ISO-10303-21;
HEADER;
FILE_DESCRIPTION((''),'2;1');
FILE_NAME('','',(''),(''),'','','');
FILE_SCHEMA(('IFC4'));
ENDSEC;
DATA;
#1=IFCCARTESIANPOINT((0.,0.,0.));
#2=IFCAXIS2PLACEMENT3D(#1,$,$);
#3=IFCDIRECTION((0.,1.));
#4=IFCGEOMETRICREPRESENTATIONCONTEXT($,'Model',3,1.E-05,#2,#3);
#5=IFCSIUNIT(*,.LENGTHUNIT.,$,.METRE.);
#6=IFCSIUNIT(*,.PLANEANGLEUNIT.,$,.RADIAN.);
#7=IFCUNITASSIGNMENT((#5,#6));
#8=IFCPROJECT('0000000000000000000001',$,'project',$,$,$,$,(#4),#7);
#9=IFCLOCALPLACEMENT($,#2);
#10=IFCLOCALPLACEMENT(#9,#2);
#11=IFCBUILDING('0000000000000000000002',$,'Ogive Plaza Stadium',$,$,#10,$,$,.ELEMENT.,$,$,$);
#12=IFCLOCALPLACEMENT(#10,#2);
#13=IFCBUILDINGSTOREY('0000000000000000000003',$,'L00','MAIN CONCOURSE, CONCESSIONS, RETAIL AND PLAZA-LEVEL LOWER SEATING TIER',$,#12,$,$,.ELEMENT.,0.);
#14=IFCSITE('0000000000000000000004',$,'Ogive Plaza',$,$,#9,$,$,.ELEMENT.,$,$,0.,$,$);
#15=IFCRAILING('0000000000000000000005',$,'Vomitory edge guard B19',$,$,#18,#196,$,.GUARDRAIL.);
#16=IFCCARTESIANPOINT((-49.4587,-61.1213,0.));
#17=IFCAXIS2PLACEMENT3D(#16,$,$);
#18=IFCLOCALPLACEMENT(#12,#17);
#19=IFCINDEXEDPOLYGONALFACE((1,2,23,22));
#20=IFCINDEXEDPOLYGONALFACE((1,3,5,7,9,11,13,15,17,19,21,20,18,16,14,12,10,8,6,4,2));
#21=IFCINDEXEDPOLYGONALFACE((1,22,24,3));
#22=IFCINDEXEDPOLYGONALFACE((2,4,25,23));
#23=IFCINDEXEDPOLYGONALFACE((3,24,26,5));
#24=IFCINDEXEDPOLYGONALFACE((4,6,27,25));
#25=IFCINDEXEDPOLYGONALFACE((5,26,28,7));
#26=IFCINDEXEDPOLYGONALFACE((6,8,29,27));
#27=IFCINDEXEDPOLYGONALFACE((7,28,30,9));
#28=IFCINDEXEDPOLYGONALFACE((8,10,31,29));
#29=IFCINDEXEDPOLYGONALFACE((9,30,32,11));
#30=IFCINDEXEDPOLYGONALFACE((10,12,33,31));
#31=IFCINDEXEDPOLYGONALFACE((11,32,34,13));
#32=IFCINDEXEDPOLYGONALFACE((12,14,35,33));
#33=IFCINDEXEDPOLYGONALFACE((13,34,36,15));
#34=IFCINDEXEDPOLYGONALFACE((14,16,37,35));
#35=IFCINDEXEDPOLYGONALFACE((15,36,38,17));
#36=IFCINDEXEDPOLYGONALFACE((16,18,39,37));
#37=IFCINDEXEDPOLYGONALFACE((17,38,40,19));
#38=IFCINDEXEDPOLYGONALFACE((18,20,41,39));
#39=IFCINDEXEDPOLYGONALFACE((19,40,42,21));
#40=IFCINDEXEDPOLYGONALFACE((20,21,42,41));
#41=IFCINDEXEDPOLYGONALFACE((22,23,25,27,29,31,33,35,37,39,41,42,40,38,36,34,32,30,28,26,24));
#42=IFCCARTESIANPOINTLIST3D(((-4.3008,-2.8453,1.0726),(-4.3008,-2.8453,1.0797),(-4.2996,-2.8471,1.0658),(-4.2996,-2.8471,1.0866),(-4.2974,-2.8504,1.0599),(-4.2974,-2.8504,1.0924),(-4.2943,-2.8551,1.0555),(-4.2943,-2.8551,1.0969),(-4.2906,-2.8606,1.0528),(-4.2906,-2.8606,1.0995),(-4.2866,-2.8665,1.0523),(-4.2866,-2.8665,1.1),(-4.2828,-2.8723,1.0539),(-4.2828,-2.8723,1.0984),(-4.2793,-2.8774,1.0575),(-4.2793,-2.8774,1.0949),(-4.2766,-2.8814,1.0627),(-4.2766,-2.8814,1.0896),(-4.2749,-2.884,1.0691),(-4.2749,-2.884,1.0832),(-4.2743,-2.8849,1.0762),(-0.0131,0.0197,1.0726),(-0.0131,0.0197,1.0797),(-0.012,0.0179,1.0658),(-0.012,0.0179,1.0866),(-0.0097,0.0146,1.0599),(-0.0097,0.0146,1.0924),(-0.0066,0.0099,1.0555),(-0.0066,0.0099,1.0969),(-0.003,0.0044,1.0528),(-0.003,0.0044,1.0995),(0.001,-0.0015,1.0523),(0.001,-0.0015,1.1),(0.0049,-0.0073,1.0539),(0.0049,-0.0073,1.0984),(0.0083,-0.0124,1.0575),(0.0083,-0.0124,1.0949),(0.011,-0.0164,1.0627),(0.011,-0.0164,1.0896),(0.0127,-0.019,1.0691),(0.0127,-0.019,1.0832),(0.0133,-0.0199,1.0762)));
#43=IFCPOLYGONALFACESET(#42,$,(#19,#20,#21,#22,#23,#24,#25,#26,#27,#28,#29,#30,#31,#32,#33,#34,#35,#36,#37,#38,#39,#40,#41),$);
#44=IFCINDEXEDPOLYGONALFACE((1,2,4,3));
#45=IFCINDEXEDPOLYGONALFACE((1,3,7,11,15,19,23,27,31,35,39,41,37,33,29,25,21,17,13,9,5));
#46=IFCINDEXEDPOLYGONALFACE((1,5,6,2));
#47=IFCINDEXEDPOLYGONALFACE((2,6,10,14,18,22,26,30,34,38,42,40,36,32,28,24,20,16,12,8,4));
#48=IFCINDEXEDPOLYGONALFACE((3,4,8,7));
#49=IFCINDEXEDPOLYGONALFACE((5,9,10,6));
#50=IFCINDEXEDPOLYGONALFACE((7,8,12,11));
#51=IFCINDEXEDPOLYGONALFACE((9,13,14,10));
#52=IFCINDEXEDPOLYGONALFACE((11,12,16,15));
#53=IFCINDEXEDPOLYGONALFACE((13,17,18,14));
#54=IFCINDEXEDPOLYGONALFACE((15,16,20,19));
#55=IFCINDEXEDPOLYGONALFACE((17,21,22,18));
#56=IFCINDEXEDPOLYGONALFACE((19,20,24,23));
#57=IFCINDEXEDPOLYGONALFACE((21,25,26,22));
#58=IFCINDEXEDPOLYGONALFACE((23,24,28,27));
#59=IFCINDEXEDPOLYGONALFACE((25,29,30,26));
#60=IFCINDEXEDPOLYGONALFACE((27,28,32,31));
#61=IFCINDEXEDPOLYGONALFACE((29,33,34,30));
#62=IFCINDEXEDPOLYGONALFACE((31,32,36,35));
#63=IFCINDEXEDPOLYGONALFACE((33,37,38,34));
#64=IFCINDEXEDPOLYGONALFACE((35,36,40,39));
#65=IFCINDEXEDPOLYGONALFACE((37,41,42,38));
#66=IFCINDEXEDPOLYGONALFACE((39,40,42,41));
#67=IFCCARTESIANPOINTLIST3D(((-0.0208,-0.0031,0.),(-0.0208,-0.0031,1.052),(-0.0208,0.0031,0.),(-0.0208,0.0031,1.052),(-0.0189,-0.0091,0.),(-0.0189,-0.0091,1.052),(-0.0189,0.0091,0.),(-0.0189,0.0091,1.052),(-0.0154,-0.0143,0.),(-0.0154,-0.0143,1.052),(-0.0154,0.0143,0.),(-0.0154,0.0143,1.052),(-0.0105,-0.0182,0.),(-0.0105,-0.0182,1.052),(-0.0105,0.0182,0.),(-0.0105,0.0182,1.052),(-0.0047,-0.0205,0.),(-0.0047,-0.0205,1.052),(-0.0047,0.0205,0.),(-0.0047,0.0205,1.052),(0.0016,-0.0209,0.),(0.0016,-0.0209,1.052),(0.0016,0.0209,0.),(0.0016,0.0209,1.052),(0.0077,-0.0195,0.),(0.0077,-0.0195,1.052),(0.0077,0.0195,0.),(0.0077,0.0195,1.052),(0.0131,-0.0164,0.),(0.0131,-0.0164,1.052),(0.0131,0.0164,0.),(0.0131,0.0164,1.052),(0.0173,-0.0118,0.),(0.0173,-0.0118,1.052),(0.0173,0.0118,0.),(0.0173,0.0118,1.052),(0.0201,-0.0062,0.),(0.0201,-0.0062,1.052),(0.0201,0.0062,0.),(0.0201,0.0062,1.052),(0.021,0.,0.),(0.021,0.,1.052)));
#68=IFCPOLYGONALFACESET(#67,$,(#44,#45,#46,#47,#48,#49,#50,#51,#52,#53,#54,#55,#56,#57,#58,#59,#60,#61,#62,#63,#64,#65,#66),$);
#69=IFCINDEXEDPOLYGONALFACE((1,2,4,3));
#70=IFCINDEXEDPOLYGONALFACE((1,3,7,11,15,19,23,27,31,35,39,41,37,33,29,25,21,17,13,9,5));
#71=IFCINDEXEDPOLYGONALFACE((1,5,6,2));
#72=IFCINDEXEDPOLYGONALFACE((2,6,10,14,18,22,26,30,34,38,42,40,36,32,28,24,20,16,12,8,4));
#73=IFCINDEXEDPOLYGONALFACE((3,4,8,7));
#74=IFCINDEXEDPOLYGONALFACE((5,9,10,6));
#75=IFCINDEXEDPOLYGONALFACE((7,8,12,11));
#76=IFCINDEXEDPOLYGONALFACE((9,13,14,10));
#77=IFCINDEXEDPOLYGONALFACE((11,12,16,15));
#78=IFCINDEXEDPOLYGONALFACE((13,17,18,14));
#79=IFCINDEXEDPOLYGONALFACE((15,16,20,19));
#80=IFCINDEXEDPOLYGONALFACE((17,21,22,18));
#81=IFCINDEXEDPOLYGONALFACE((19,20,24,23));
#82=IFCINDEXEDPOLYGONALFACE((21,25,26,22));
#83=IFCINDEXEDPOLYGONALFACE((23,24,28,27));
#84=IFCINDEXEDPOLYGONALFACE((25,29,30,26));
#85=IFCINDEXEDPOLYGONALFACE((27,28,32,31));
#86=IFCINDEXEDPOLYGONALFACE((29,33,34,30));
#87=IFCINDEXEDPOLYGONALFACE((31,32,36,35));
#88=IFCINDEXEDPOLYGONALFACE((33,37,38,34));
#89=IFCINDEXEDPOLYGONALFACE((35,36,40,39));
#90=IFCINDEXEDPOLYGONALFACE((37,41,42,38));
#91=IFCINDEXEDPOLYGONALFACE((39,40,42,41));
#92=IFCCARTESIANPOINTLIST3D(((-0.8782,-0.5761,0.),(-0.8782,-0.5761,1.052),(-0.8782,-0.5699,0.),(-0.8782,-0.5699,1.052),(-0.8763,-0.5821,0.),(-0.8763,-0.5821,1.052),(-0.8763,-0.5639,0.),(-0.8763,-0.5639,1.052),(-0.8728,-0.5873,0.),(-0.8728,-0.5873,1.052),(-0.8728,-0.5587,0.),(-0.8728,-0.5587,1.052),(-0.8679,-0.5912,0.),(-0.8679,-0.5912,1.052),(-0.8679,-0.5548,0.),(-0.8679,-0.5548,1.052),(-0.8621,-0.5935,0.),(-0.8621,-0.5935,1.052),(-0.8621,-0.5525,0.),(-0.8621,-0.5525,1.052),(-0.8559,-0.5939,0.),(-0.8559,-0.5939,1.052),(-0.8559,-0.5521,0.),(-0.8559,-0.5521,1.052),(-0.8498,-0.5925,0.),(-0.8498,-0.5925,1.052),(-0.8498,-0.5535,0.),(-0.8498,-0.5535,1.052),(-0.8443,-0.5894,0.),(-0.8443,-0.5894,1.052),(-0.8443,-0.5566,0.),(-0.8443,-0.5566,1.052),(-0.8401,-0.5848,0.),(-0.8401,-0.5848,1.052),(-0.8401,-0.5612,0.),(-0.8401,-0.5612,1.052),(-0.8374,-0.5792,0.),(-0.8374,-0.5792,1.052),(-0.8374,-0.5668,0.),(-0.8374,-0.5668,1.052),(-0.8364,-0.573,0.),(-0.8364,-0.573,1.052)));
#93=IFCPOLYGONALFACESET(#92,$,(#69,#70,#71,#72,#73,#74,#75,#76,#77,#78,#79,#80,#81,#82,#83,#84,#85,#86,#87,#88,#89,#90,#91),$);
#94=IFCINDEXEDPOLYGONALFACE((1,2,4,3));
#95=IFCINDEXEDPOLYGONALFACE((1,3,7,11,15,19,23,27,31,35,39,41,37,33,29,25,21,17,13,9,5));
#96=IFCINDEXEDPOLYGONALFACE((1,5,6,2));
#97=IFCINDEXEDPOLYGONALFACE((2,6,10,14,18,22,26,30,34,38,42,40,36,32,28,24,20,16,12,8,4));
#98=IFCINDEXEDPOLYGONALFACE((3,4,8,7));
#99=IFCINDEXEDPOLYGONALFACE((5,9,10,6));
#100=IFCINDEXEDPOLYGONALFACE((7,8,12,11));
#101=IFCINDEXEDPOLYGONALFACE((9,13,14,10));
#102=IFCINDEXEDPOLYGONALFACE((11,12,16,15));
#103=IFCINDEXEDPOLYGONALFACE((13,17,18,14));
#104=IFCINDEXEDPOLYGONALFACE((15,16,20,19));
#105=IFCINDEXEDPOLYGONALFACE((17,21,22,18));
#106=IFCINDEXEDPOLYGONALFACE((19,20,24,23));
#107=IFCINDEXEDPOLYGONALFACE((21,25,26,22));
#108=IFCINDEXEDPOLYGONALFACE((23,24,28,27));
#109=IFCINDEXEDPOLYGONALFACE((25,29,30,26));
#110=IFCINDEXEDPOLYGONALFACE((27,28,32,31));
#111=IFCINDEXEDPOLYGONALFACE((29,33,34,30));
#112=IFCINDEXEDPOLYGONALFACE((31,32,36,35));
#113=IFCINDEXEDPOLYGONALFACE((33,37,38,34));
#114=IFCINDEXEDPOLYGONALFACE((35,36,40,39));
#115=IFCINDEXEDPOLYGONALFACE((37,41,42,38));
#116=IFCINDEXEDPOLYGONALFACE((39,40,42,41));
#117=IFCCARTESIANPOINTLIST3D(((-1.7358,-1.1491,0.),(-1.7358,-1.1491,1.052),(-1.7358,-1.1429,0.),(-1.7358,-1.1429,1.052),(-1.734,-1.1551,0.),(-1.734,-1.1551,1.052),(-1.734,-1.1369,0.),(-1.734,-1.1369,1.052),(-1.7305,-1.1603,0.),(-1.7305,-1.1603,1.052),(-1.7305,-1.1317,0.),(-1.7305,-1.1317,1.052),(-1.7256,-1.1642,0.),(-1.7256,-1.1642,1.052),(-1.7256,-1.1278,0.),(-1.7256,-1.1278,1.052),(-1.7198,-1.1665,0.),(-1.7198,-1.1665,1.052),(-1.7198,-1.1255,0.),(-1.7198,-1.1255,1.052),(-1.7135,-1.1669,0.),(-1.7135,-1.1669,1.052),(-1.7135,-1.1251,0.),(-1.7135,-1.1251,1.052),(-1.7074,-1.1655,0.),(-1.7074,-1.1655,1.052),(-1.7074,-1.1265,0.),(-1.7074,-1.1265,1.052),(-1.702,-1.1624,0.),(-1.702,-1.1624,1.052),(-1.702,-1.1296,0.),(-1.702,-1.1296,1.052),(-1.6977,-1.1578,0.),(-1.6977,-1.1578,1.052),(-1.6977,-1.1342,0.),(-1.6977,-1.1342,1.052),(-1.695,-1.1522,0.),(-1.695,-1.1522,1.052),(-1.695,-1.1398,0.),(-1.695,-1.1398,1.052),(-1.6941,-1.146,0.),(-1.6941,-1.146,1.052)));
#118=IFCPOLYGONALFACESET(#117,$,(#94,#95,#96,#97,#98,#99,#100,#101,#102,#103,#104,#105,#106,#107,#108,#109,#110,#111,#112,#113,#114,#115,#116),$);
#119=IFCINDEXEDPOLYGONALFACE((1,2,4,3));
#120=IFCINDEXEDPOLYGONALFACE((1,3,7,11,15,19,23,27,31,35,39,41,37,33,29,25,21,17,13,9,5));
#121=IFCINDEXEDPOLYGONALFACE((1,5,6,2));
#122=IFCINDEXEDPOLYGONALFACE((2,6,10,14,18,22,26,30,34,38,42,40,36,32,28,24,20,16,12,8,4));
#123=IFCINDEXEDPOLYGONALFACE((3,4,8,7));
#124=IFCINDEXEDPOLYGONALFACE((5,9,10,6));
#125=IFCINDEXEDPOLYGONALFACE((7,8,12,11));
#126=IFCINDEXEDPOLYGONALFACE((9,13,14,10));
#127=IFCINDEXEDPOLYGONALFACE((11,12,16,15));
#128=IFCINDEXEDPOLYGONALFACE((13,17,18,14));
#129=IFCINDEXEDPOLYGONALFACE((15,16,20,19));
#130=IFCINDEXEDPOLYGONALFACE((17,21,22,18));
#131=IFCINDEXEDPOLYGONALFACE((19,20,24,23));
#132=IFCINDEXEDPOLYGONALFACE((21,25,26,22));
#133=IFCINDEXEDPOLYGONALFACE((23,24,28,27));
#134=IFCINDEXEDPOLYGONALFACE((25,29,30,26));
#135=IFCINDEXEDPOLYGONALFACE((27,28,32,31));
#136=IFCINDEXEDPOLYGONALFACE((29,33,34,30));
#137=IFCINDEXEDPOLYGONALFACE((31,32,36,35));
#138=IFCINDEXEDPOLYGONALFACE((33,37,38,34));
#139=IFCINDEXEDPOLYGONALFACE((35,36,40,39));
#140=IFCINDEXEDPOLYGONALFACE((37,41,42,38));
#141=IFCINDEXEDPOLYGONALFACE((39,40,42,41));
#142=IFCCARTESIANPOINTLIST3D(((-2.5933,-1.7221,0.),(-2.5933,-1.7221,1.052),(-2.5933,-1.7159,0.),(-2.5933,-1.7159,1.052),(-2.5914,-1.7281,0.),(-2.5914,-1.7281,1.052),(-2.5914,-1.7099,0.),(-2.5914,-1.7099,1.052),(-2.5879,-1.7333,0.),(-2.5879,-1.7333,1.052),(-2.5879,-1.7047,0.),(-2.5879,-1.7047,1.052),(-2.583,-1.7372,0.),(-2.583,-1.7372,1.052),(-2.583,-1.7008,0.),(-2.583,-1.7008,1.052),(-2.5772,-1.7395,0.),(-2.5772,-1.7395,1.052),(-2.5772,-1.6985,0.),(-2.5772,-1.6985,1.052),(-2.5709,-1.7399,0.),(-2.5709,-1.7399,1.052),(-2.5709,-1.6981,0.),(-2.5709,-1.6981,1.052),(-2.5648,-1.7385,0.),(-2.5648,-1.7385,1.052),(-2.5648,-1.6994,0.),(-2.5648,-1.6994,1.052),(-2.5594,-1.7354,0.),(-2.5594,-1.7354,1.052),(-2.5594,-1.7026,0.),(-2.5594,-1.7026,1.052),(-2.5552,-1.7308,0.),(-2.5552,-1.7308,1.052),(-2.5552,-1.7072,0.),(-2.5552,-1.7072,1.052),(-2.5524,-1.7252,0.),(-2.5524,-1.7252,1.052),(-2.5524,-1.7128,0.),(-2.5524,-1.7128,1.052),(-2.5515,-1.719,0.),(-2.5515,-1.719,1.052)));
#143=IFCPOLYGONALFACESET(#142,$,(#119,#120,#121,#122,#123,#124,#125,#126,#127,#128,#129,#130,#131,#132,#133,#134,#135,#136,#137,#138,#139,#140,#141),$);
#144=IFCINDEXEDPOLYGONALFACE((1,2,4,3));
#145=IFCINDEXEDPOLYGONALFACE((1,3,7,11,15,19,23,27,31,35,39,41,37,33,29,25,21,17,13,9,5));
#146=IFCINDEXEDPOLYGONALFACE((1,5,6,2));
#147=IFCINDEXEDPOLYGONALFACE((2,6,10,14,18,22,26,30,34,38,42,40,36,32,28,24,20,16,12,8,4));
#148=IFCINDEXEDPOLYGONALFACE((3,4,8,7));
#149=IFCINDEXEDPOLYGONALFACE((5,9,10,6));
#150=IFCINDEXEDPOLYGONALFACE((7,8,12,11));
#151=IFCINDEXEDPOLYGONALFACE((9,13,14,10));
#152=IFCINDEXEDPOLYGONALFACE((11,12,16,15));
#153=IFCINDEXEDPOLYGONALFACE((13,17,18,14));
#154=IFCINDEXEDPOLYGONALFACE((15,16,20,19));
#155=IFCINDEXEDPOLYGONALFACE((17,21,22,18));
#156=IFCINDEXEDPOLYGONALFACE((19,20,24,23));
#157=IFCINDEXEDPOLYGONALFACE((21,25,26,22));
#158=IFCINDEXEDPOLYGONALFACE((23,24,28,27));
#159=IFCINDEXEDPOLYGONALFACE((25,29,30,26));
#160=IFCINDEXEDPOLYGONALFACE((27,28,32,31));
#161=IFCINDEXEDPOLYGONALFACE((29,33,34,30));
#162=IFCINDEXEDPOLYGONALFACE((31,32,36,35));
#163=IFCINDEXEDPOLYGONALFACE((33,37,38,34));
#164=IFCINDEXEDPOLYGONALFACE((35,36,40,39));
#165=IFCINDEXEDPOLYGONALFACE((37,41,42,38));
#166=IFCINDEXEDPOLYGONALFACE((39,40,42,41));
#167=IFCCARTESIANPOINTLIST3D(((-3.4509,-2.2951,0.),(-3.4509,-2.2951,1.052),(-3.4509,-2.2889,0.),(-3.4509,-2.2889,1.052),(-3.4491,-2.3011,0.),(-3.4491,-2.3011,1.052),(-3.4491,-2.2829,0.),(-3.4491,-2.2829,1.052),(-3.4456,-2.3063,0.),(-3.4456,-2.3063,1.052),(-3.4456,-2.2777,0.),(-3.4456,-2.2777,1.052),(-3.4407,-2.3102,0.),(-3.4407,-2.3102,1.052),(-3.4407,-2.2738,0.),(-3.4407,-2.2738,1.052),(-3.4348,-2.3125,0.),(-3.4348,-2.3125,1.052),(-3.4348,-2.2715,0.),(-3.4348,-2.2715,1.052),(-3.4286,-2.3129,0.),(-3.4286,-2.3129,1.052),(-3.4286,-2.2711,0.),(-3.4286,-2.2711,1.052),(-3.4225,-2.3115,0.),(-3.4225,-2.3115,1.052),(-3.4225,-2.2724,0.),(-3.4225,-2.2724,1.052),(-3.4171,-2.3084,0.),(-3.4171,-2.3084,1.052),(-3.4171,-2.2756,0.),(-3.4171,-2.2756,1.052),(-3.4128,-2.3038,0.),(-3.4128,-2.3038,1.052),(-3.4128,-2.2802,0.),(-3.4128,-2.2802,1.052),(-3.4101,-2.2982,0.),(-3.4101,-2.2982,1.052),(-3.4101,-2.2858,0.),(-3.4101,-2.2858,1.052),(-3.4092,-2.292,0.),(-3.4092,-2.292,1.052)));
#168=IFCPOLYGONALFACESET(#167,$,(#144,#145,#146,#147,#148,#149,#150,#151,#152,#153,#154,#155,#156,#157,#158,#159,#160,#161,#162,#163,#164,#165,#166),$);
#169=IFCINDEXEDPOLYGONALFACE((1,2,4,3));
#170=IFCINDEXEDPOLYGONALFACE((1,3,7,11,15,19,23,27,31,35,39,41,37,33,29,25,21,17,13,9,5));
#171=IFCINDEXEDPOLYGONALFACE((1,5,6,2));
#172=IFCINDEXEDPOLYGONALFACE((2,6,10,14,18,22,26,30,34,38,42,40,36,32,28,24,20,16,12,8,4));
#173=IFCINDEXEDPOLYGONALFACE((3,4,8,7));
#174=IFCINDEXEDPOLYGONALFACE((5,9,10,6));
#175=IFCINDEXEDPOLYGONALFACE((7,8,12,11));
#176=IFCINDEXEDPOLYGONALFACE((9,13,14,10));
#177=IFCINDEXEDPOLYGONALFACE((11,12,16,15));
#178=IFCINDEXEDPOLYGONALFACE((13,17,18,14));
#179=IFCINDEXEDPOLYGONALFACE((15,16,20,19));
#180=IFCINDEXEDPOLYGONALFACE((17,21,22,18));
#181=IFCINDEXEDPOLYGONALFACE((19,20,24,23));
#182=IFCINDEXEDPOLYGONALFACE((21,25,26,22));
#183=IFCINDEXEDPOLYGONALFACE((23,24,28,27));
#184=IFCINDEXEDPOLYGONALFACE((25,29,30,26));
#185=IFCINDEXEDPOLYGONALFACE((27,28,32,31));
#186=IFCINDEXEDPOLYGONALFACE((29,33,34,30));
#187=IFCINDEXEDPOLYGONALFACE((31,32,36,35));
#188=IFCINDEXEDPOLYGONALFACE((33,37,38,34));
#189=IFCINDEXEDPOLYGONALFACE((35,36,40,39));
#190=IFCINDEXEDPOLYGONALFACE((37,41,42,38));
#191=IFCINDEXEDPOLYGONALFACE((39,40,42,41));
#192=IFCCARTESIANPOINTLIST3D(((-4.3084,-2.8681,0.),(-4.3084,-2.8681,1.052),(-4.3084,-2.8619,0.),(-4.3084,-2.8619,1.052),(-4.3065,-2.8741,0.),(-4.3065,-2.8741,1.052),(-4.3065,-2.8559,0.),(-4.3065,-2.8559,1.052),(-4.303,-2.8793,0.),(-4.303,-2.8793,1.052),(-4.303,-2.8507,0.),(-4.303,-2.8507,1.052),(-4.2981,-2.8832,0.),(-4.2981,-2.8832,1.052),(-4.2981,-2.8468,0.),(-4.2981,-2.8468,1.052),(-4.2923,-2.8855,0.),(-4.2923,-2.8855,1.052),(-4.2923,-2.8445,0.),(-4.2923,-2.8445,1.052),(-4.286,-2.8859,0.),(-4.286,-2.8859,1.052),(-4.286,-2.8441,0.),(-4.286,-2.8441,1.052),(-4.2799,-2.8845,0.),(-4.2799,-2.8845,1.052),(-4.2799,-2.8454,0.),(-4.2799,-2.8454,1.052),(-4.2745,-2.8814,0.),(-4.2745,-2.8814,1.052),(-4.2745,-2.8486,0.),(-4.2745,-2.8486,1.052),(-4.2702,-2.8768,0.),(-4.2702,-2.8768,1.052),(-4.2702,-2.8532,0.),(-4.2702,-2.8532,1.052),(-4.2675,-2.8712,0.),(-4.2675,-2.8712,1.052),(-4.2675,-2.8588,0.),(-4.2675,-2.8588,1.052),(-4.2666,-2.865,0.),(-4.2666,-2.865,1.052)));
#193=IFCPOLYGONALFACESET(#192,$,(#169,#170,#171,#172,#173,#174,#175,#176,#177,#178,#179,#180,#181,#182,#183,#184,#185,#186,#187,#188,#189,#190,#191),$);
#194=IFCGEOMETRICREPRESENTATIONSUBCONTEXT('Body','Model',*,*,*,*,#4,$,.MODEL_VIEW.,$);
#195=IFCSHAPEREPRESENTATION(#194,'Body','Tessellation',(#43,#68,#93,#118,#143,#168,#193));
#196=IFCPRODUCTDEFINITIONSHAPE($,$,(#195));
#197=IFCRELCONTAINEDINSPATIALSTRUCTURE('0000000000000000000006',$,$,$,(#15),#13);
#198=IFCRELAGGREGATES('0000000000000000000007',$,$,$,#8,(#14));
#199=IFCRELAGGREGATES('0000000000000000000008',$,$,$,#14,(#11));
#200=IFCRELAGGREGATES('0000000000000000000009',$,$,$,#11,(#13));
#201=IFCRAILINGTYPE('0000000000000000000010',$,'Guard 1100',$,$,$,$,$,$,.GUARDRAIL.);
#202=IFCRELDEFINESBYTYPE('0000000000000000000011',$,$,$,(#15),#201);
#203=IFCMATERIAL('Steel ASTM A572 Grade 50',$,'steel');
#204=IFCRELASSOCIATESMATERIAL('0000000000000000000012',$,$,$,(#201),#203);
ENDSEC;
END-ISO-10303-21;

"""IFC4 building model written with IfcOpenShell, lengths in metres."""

from ifc_helpers import new_model, si_unit, direction, frame, origin, origin_2d, place, context, subcontext, project, spatial, circle, extrude, material, type_object, element, save


model = new_model("IFC4")

# Units and contexts
model_context = context("Model", 3, precision=1e-05, world=origin(), true_north=direction((0.0, 1.0)))
body_context = subcontext(model_context, "Body", "Model", "MODEL_VIEW")
ifc_project = project(units=[si_unit("LENGTHUNIT", "METRE"), si_unit("PLANEANGLEUNIT", "RADIAN")], contexts=[model_context])

# Site, building, storey
site_placement = place(None, origin())
site = spatial("IfcSite", under=ifc_project, at=site_placement, Name="Ogive Plaza", CompositionType="ELEMENT", RefElevation=0.0)
building_placement = place(site_placement, origin())
building = spatial("IfcBuilding", under=site, at=building_placement, Name="Ogive Plaza Stadium", CompositionType="ELEMENT")
storey_placement = place(building_placement, origin())
storey = spatial("IfcBuildingStorey", under=building, at=storey_placement, Name="L00", Description="MAIN CONCOURSE, CONCESSIONS, RETAIL AND PLAZA-LEVEL LOWER SEATING TIER", CompositionType="ELEMENT", Elevation=0.0)

# Railing
ifc_material_1 = material(Name="Steel ASTM A572 Grade 50", Category="steel")
railing_type = type_object("IfcRailingType", Name="Guard 1100", PredefinedType="GUARDRAIL", material=ifc_material_1)
railing_1_placement = place(storey_placement, frame((-49.4587, -61.1213, 0.0)))
element("IfcRailing", 1, at=railing_1_placement, inside=storey, type_object=railing_type, Name="Vomitory edge guard B19", PredefinedType="GUARDRAIL", context=body_context, shape_type="SweptSolid", body=[
    extrude(circle(Radius=0.0239, at=origin_2d()), frame((0.0, 0.0, 1.0762), z_axis=(-0.83146, -0.555585, 0.0), x_axis=(0.555585, -0.83146, 0.0)), (0.0, 0.0, 1.0), 5.1567),
    extrude(circle(Radius=0.021, at=origin_2d()), origin(), (0.0, 0.0, 1.0), 1.052),
    extrude(circle(Radius=0.021, at=origin_2d()), frame((-0.8574, -0.573, 0.0)), (0.0, 0.0, 1.0), 1.052),
    extrude(circle(Radius=0.021, at=origin_2d()), frame((-1.7151, -1.146, 0.0)), (0.0, 0.0, 1.0), 1.052),
    extrude(circle(Radius=0.021, at=origin_2d()), frame((-2.5725, -1.719, 0.0)), (0.0, 0.0, 1.0), 1.052),
    extrude(circle(Radius=0.021, at=origin_2d()), frame((-3.4302, -2.292, 0.0)), (0.0, 0.0, 1.0), 1.052),
    extrude(circle(Radius=0.021, at=origin_2d()), frame((-4.2876, -2.865, 0.0)), (0.0, 0.0, 1.0), 1.052),
])

save(model, "model.ifc")
